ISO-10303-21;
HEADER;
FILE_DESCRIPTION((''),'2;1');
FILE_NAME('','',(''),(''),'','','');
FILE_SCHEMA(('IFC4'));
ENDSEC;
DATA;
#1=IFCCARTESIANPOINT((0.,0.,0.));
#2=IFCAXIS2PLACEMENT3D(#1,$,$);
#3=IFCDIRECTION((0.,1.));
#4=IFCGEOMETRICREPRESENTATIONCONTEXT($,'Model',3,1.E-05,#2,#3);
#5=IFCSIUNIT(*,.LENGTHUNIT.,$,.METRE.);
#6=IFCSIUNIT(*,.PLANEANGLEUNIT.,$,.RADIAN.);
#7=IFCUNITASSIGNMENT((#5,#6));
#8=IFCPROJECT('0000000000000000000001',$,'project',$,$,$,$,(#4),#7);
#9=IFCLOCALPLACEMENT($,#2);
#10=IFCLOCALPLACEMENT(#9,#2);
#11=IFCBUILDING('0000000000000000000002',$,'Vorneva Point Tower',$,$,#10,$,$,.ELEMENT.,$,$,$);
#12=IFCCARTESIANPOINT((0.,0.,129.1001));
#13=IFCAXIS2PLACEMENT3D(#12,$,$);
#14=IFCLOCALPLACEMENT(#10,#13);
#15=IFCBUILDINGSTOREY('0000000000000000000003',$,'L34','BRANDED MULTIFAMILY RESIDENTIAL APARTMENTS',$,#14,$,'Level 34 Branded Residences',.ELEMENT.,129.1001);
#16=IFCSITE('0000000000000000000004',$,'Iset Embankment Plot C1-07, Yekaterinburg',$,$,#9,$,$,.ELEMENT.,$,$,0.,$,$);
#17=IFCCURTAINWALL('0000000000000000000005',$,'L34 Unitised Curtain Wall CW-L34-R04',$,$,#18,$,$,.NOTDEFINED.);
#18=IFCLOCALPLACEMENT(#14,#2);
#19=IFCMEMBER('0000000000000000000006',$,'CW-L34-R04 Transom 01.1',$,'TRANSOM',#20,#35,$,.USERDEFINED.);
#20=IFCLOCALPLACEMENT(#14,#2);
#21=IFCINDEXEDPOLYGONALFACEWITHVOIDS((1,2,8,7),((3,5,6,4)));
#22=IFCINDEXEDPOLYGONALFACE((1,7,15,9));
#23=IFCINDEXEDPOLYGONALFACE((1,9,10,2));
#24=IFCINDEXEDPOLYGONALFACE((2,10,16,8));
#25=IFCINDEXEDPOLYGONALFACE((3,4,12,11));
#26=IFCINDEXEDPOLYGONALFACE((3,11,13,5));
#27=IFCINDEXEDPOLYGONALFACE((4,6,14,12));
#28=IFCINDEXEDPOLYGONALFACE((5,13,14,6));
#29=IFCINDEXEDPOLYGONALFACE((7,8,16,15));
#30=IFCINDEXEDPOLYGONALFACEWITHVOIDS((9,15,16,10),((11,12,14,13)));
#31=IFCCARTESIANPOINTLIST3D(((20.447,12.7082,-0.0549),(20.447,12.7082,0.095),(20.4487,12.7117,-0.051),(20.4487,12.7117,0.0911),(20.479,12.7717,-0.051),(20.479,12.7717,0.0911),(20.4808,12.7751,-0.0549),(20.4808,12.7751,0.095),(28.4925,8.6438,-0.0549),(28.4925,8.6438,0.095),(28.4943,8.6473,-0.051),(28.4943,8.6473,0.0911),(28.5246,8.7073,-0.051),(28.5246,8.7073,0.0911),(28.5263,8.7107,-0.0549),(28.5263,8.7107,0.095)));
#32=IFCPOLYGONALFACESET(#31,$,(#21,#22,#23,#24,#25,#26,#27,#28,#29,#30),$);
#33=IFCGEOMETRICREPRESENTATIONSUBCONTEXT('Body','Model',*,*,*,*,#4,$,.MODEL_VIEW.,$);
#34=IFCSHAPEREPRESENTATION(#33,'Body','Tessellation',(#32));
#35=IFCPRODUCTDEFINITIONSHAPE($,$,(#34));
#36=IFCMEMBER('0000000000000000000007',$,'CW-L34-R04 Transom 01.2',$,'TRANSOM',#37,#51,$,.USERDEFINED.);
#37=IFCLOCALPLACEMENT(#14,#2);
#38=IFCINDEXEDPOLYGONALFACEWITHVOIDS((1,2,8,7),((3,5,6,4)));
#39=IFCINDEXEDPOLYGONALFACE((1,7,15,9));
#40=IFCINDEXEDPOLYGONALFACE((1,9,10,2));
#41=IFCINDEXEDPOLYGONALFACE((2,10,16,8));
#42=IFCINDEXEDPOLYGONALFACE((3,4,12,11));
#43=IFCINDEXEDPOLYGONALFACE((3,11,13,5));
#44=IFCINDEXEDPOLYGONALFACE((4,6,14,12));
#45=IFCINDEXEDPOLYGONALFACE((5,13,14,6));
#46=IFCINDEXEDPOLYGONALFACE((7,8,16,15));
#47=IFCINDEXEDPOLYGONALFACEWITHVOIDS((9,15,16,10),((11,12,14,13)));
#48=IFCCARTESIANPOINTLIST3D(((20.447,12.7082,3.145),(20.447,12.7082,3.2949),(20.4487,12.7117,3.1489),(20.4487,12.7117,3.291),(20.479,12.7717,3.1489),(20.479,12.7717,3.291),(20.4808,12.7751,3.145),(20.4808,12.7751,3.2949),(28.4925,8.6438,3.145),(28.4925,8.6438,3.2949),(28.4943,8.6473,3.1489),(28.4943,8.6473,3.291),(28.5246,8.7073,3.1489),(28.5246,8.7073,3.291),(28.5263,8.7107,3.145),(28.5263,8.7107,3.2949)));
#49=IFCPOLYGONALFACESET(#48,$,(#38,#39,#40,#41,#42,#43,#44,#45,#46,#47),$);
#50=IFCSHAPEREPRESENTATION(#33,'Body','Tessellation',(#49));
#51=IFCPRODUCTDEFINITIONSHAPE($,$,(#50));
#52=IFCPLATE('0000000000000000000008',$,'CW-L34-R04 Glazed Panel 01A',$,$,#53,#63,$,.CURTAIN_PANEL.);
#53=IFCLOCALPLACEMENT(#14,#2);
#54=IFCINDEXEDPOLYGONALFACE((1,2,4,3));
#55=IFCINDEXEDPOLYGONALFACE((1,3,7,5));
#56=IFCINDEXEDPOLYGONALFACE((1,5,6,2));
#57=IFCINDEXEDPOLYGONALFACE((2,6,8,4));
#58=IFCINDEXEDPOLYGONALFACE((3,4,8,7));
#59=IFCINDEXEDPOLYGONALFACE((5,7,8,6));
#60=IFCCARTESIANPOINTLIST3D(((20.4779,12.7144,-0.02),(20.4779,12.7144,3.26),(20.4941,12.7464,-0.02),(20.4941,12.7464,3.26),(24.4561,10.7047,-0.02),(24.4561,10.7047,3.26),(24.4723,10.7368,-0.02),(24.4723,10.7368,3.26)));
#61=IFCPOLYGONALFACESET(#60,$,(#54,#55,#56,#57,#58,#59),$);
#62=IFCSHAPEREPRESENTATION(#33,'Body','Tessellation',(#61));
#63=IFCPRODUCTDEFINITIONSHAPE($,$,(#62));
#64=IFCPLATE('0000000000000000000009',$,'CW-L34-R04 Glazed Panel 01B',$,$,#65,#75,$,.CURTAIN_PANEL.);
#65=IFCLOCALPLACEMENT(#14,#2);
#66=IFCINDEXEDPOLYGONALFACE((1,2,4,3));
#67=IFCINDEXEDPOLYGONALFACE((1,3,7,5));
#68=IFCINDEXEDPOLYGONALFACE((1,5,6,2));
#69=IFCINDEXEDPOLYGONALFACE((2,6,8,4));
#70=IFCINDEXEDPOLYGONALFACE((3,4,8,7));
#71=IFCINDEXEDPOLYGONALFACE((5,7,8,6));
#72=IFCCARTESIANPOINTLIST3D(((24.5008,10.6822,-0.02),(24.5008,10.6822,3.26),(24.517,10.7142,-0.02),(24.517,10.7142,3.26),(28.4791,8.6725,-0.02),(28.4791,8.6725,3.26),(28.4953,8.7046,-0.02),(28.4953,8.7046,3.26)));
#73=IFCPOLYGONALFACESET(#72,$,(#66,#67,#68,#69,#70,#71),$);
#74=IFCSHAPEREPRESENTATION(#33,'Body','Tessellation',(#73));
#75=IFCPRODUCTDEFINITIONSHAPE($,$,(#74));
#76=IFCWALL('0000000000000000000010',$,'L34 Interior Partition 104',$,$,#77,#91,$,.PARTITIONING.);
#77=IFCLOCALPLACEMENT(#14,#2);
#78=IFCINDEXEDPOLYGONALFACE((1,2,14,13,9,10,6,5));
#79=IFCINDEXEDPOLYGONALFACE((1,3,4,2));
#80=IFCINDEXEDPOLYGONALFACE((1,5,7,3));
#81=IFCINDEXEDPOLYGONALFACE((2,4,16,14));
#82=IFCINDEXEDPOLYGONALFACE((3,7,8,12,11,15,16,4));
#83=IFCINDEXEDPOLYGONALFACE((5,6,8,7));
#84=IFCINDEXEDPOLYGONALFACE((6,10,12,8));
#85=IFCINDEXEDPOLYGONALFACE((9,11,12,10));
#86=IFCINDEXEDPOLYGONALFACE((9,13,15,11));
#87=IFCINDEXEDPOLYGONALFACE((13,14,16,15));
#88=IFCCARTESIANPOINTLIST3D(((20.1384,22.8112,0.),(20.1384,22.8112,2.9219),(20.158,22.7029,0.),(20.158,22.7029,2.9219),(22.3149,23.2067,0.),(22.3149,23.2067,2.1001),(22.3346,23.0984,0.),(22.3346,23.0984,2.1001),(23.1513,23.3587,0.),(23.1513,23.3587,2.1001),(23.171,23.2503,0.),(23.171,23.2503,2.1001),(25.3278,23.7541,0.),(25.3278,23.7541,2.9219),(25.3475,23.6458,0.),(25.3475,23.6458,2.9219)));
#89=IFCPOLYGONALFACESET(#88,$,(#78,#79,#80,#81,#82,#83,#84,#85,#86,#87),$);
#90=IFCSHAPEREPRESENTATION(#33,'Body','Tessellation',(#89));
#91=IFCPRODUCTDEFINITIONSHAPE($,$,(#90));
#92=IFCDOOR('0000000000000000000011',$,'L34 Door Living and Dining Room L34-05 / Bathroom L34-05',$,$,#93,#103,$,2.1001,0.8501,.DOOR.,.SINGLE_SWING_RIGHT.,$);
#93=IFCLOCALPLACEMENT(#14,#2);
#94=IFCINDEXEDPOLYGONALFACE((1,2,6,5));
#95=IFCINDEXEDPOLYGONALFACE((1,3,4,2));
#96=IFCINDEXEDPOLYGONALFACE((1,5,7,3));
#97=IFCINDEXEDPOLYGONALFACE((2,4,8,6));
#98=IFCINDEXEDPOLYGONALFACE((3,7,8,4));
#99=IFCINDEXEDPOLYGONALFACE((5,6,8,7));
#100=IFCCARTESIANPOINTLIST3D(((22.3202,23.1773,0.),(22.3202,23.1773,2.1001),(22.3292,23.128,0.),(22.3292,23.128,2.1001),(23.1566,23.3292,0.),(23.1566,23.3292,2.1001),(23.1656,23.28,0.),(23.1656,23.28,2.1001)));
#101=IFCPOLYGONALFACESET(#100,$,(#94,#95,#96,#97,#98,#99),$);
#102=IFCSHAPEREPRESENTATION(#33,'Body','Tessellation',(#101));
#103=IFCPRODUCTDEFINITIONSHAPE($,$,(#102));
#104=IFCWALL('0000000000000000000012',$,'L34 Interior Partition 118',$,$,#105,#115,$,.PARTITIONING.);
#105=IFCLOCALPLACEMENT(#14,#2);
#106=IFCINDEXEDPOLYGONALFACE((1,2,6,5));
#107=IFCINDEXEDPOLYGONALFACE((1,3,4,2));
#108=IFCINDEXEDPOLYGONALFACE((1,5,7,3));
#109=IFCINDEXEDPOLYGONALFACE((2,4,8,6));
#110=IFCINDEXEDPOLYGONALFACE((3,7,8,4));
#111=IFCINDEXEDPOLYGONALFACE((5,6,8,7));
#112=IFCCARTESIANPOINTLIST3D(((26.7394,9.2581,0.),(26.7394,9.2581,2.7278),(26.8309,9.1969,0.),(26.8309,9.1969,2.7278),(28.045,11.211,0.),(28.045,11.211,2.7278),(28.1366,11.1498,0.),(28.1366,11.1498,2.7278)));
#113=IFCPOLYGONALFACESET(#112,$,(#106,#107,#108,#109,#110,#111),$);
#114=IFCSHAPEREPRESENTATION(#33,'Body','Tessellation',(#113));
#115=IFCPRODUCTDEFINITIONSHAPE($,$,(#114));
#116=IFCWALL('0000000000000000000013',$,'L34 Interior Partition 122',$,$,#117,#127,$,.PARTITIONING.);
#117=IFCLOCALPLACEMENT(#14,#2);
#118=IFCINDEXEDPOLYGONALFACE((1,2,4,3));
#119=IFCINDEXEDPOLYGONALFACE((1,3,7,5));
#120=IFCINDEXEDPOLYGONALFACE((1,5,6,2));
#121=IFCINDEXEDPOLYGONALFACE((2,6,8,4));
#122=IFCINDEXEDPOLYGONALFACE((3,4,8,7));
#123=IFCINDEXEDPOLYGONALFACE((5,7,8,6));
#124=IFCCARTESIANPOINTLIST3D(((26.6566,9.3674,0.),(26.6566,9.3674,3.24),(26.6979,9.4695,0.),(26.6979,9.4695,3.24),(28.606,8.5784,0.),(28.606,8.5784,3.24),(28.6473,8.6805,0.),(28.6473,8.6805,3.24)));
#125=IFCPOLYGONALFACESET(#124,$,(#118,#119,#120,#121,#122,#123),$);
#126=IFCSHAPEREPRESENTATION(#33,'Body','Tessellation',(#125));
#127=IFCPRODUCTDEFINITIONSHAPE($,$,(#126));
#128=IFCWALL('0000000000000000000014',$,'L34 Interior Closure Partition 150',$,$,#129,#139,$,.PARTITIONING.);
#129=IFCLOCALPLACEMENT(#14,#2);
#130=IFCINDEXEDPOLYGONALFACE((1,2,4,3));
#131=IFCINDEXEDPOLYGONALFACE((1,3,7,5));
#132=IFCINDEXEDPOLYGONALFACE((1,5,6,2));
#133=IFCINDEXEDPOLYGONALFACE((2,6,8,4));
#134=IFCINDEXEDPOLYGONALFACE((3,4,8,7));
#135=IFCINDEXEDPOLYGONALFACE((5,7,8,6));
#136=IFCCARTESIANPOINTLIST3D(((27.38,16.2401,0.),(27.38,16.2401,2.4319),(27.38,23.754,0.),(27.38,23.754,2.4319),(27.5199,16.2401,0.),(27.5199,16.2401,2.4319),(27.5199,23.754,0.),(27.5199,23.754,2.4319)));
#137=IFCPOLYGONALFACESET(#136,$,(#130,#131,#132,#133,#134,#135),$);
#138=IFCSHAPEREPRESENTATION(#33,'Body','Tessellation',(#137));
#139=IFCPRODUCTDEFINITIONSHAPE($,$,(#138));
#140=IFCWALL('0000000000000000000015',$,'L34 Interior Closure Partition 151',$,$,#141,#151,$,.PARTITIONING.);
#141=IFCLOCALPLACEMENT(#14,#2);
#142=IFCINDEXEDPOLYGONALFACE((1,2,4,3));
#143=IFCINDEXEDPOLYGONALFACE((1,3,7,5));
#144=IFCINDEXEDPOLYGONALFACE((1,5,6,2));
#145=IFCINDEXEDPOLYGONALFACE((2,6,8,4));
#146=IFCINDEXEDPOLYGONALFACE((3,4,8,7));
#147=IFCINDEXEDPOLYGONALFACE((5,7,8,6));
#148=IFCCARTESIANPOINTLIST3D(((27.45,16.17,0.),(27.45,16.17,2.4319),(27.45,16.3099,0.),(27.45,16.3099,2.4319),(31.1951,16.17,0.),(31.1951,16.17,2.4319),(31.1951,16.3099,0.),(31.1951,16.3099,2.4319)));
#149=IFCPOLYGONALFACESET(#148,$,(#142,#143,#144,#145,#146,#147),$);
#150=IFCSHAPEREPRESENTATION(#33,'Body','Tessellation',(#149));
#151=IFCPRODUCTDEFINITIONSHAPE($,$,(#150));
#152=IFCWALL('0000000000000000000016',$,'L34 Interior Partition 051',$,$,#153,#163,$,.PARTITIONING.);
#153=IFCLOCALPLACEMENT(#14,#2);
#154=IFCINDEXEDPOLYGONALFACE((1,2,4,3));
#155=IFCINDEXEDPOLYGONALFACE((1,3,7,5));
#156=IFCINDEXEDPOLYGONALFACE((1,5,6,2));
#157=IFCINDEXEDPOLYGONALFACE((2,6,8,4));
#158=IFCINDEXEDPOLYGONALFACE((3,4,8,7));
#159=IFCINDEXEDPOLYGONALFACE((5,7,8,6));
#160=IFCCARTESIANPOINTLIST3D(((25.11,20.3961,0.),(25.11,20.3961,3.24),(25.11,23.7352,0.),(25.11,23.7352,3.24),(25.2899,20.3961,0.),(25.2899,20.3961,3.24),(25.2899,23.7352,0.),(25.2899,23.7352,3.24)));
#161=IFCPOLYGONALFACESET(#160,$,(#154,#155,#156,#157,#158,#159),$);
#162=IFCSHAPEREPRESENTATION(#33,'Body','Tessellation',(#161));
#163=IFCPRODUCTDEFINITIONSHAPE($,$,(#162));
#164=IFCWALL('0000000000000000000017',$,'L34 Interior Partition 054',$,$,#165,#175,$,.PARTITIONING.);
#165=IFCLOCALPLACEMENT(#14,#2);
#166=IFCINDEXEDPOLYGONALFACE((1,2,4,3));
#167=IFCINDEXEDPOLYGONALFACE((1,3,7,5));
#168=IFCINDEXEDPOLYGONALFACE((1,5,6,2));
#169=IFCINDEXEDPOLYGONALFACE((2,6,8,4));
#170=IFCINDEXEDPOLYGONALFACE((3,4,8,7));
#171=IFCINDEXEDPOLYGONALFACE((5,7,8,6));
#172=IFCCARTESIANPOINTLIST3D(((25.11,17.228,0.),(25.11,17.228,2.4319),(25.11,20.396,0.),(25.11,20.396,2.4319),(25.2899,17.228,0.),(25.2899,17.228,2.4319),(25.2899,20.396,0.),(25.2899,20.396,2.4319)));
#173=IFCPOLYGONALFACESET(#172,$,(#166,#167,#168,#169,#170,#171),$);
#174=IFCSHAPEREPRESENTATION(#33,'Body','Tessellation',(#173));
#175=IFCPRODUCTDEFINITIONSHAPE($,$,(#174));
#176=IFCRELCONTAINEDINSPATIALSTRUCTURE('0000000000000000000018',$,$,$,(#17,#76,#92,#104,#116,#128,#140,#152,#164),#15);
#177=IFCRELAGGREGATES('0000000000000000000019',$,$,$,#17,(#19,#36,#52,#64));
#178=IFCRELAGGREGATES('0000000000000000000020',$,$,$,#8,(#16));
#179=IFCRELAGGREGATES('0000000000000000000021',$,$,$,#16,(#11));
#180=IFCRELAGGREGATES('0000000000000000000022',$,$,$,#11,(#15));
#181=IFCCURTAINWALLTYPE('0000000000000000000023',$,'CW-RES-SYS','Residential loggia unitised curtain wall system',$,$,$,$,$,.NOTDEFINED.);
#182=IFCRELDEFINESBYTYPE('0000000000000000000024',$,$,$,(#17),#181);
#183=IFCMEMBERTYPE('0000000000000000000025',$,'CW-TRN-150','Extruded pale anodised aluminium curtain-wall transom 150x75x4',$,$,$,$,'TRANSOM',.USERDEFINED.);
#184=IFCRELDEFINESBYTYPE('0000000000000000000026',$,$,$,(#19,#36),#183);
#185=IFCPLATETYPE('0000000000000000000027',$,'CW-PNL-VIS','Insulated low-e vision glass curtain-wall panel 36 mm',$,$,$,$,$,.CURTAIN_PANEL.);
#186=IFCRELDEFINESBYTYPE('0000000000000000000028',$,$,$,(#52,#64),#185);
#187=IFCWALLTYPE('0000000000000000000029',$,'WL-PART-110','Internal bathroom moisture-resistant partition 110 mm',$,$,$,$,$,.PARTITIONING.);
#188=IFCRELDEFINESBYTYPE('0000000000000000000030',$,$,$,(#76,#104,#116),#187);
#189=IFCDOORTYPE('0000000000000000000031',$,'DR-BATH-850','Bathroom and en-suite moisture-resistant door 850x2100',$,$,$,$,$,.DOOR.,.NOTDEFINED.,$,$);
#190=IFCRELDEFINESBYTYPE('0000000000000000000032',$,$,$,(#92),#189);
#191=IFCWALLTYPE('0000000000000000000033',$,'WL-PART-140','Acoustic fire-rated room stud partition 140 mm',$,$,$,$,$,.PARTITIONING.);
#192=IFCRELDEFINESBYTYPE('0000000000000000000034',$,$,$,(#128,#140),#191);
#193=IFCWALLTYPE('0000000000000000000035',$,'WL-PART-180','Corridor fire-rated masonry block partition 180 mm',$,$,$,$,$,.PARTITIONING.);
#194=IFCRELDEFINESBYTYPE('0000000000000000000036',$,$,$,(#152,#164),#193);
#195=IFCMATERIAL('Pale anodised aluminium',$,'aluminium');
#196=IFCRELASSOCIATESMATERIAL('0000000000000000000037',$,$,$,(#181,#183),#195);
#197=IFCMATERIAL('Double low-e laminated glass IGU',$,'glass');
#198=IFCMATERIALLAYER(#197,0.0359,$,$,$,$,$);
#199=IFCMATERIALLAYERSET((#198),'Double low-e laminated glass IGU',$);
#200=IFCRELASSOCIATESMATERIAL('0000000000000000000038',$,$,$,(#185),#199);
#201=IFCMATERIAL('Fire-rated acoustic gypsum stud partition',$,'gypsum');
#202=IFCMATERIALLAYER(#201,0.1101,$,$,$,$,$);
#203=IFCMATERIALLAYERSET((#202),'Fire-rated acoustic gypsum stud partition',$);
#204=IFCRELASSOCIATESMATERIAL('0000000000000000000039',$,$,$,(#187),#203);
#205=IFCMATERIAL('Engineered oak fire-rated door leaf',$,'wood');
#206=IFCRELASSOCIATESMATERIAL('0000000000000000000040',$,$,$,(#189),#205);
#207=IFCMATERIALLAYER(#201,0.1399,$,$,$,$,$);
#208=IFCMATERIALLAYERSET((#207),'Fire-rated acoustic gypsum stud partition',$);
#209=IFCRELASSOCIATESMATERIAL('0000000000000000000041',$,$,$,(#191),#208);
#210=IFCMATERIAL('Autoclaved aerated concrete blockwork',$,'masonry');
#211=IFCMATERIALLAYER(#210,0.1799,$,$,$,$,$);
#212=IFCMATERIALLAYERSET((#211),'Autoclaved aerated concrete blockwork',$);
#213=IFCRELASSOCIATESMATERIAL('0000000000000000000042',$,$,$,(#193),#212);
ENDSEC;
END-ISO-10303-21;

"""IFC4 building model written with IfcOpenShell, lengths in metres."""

from ifc_helpers import new_model, si_unit, direction, frame, frame_2d, origin, origin_2d, place, context, subcontext, project, spatial, rectangle, hollow_rectangle, extrude, material, layer, layer_set, material_profile, profile_set, type_object, element, fill, aggregate, save


model = new_model("IFC4")

# Units and contexts
model_context = context("Model", 3, precision=1e-05, world=origin(), true_north=direction((0.0, 1.0)))
body_context = subcontext(model_context, "Body", "Model", "MODEL_VIEW")
ifc_project = project(units=[si_unit("LENGTHUNIT", "METRE"), si_unit("PLANEANGLEUNIT", "RADIAN")], contexts=[model_context])

# Site, building, storey
site_placement = place(None, origin())
site = spatial("IfcSite", under=ifc_project, at=site_placement, Name="Iset Embankment Plot C1-07, Yekaterinburg", CompositionType="ELEMENT", RefElevation=0.0)
building_placement = place(site_placement, origin())
building = spatial("IfcBuilding", under=site, at=building_placement, Name="Vorneva Point Tower", CompositionType="ELEMENT")
storey_placement = place(building_placement, frame((0.0, 0.0, 129.1001)))
storey = spatial("IfcBuildingStorey", under=building, at=storey_placement, Name="L34", Description="BRANDED MULTIFAMILY RESIDENTIAL APARTMENTS", LongName="Level 34 Branded Residences", CompositionType="ELEMENT", Elevation=129.1001)

# Curtain wall, members, plates
ifc_material_1 = material(Name="Pale anodised aluminium", Category="aluminium")
curtain_wall_type = type_object("IfcCurtainWallType", Name="CW-RES-SYS", Description="Residential loggia unitised curtain wall system", PredefinedType="NOTDEFINED", material=ifc_material_1)
curtain_wall_placement = place(storey_placement, origin())
curtain_wall = element("IfcCurtainWall", 1, at=curtain_wall_placement, inside=storey, type_object=curtain_wall_type, Name="L34 Unitised Curtain Wall CW-L34-R04", PredefinedType="NOTDEFINED")
ifc_material_profile_1 = material_profile(ifc_material_1, hollow_rectangle(XDim=0.075, YDim=0.1499, WallThickness=0.0039, at=origin_2d()), Name="AL-TRN 150x75x4")
ifc_profile_set_1 = profile_set([ifc_material_profile_1], Name="Pale anodised aluminium")
member_type_1 = type_object("IfcMemberType", Name="CW-TRN-150", Description="Extruded pale anodised aluminium curtain-wall transom 150x75x4", ElementType="TRANSOM", PredefinedType="USERDEFINED", material=ifc_profile_set_1)
member_1_placement = place(storey_placement, frame((20.4639, 12.7417, 0.02), z_axis=(0.892572, -0.450904, 0.0), x_axis=(0.450904, 0.892572, 0.0)))
member_1 = element("IfcMember", 2, at=member_1_placement, type_object=member_type_1, Name="CW-L34-R04 Transom 01.1", ObjectType="TRANSOM", PredefinedType="USERDEFINED", context=body_context, shape_type="SweptSolid", body=[
    extrude(hollow_rectangle(XDim=0.075, YDim=0.1499, WallThickness=0.0039, at=origin_2d()), origin(), (0.0, 0.0, 1.0), 9.0139),
])
member_2_placement = place(storey_placement, frame((20.4639, 12.7417, 3.22), z_axis=(0.892572, -0.450904, 0.0), x_axis=(0.450904, 0.892572, 0.0)))
member_2 = element("IfcMember", 3, at=member_2_placement, type_object=member_type_1, Name="CW-L34-R04 Transom 01.2", ObjectType="TRANSOM", PredefinedType="USERDEFINED", context=body_context, shape_type="SweptSolid", body=[
    extrude(hollow_rectangle(XDim=0.075, YDim=0.1499, WallThickness=0.0039, at=origin_2d()), origin(), (0.0, 0.0, 1.0), 9.0139),
])
ifc_material_2 = material(Name="Double low-e laminated glass IGU", Category="glass")
ifc_layer_1 = layer(ifc_material_2, 0.0359)
ifc_layer_set_1 = layer_set([ifc_layer_1], Name="Double low-e laminated glass IGU")
plate_type = type_object("IfcPlateType", Name="CW-PNL-VIS", Description="Insulated low-e vision glass curtain-wall panel 36 mm", PredefinedType="CURTAIN_PANEL", material=ifc_layer_set_1)
plate_1_placement = place(storey_placement, frame((22.4751, 11.7256, -0.02), z_axis=(0.0, 0.0, 1.0), x_axis=(0.892578, -0.450893, 0.0)))
plate_1 = element("IfcPlate", 4, at=plate_1_placement, type_object=plate_type, Name="CW-L34-R04 Glazed Panel 01A", PredefinedType="CURTAIN_PANEL", context=body_context, shape_type="SweptSolid", body=[
    extrude(rectangle(XDim=4.457, YDim=0.0359, at=origin_2d()), origin(), (0.0, 0.0, 1.0), 3.28),
])
plate_2_placement = place(storey_placement, frame((26.498, 9.6934, -0.02), z_axis=(0.0, 0.0, 1.0), x_axis=(0.892578, -0.450893, 0.0)))
plate_2 = element("IfcPlate", 5, at=plate_2_placement, type_object=plate_type, Name="CW-L34-R04 Glazed Panel 01B", PredefinedType="CURTAIN_PANEL", context=body_context, shape_type="SweptSolid", body=[
    extrude(rectangle(XDim=4.457, YDim=0.0359, at=origin_2d()), origin(), (0.0, 0.0, 1.0), 3.28),
])
aggregate(curtain_wall, [member_1, member_2, plate_1, plate_2])

# Wall, opening, door
ifc_material_3 = material(Name="Fire-rated acoustic gypsum stud partition", Category="gypsum")
ifc_layer_2 = layer(ifc_material_3, 0.1101)
ifc_layer_set_2 = layer_set([ifc_layer_2], Name="Fire-rated acoustic gypsum stud partition")
wall_type_1 = type_object("IfcWallType", Name="WL-PART-110", Description="Internal bathroom moisture-resistant partition 110 mm", PredefinedType="PARTITIONING", material=ifc_layer_set_2)
wall_1_placement = place(storey_placement, frame((25.3376, 23.7, 0.0), z_axis=(0.0, 0.0, 1.0), x_axis=(-0.983892, -0.178763, 0.0)))
wall_1 = element("IfcWall", 6, at=wall_1_placement, inside=storey, type_object=wall_type_1, Name="L34 Interior Partition 104", PredefinedType="PARTITIONING", context=body_context, shape_type="SweptSolid", body=[
    extrude(rectangle(XDim=5.2744, YDim=0.1101, at=frame_2d((2.6372, 0.0))), origin(), (0.0, 0.0, 1.0), 2.9219),
])
opening_1_placement = place(wall_1_placement, frame((2.2122, 0.0, 0.0)))
opening_1 = element("IfcOpeningElement", 7, at=opening_1_placement, cuts=wall_1, PredefinedType="OPENING", context=body_context, shape_type="SweptSolid", body=[
    extrude(rectangle(XDim=0.8501, YDim=2.1001, at=frame_2d((0.425, 1.05))), frame((0.0, 0.0698, 0.0), z_axis=(0.0, -1.0, 0.0), x_axis=(1.0, 0.0, 0.0)), (0.0, 0.0, 1.0), 0.1399),
])
ifc_material_4 = material(Name="Engineered oak fire-rated door leaf", Category="wood")
door_type = type_object("IfcDoorType", Name="DR-BATH-850", Description="Bathroom and en-suite moisture-resistant door 850x2100", OperationType="NOTDEFINED", PredefinedType="DOOR", material=ifc_material_4)
door_1_placement = place(opening_1_placement, origin())
door_1 = element("IfcDoor", 8, at=door_1_placement, inside=storey, type_object=door_type, Name="L34 Door Living and Dining Room L34-05 / Bathroom L34-05", OperationType="SINGLE_SWING_RIGHT", OverallHeight=2.1001, OverallWidth=0.8501, PredefinedType="DOOR", context=body_context, shape_type="SweptSolid", body=[
    extrude(rectangle(XDim=0.8501, YDim=2.1001, at=frame_2d((0.425, 1.05))), frame((0.0, 0.0249, 0.0), z_axis=(0.0, -1.0, 0.0), x_axis=(1.0, 0.0, 0.0)), (0.0, 0.0, 1.0), 0.05),
])
fill(opening_1, door_1)

# Walls
wall_2_placement = place(storey_placement, frame((26.7852, 9.2275, 0.0), z_axis=(0.0, 0.0, 1.0), x_axis=(0.555803, 0.831314, 0.0)))
element("IfcWall", 9, at=wall_2_placement, inside=storey, type_object=wall_type_1, Name="L34 Interior Partition 118", PredefinedType="PARTITIONING", context=body_context, shape_type="SweptSolid", body=[
    extrude(rectangle(XDim=2.3491, YDim=0.1101, at=frame_2d((1.1746, 0.0))), origin(), (0.0, 0.0, 1.0), 2.7278),
])
wall_3_placement = place(storey_placement, frame((26.6772, 9.4185, 0.0), z_axis=(0.0, 0.0, 1.0), x_axis=(0.926948, -0.37519, 0.0)))
element("IfcWall", 10, at=wall_3_placement, inside=storey, type_object=wall_type_1, Name="L34 Interior Partition 122", PredefinedType="PARTITIONING", context=body_context, shape_type="SweptSolid", body=[
    extrude(rectangle(XDim=2.103, YDim=0.1101, at=frame_2d((1.0515, 0.0))), origin(), (0.0, 0.0, 1.0), 3.24),
])
ifc_layer_3 = layer(ifc_material_3, 0.1399)
ifc_layer_set_3 = layer_set([ifc_layer_3], Name="Fire-rated acoustic gypsum stud partition")
wall_type_2 = type_object("IfcWallType", Name="WL-PART-140", Description="Acoustic fire-rated room stud partition 140 mm", PredefinedType="PARTITIONING", material=ifc_layer_set_3)
wall_4_placement = place(storey_placement, frame((27.45, 23.7539, 0.0), z_axis=(0.0, 0.0, 1.0), x_axis=(0.0, -1.0, 0.0)))
element("IfcWall", 11, at=wall_4_placement, inside=storey, type_object=wall_type_2, Name="L34 Interior Closure Partition 150", PredefinedType="PARTITIONING", context=body_context, shape_type="SweptSolid", body=[
    extrude(rectangle(XDim=7.5139, YDim=0.1399, at=frame_2d((3.7568, 0.0))), origin(), (0.0, 0.0, 1.0), 2.4319),
])
wall_5_placement = place(storey_placement, frame((27.45, 16.24, 0.0), z_axis=(0.0, 0.0, 1.0), x_axis=(1.0, 0.0, 0.0)))
element("IfcWall", 12, at=wall_5_placement, inside=storey, type_object=wall_type_2, Name="L34 Interior Closure Partition 151", PredefinedType="PARTITIONING", context=body_context, shape_type="SweptSolid", body=[
    extrude(rectangle(XDim=3.7451, YDim=0.1399, at=frame_2d((1.8726, 0.0))), origin(), (0.0, 0.0, 1.0), 2.4319),
])
ifc_material_5 = material(Name="Autoclaved aerated concrete blockwork", Category="masonry")
ifc_layer_4 = layer(ifc_material_5, 0.1799)
ifc_layer_set_4 = layer_set([ifc_layer_4], Name="Autoclaved aerated concrete blockwork")
wall_type_3 = type_object("IfcWallType", Name="WL-PART-180", Description="Corridor fire-rated masonry block partition 180 mm", PredefinedType="PARTITIONING", material=ifc_layer_set_4)
wall_6_placement = place(storey_placement, frame((25.2, 23.7351, 0.0), z_axis=(0.0, 0.0, 1.0), x_axis=(0.0, -1.0, 0.0)))
element("IfcWall", 13, at=wall_6_placement, inside=storey, type_object=wall_type_3, Name="L34 Interior Partition 051", PredefinedType="PARTITIONING", context=body_context, shape_type="SweptSolid", body=[
    extrude(rectangle(XDim=3.3391, YDim=0.1799, at=frame_2d((1.6694, 0.0))), origin(), (0.0, 0.0, 1.0), 3.24),
])
wall_7_placement = place(storey_placement, frame((25.2, 20.396, 0.0), z_axis=(0.0, 0.0, 1.0), x_axis=(0.0, -1.0, 0.0)))
element("IfcWall", 14, at=wall_7_placement, inside=storey, type_object=wall_type_3, Name="L34 Interior Partition 054", PredefinedType="PARTITIONING", context=body_context, shape_type="SweptSolid", body=[
    extrude(rectangle(XDim=3.168, YDim=0.1799, at=frame_2d((1.584, 0.0))), origin(), (0.0, 0.0, 1.0), 2.4319),
])

save(model, "model.ifc")
